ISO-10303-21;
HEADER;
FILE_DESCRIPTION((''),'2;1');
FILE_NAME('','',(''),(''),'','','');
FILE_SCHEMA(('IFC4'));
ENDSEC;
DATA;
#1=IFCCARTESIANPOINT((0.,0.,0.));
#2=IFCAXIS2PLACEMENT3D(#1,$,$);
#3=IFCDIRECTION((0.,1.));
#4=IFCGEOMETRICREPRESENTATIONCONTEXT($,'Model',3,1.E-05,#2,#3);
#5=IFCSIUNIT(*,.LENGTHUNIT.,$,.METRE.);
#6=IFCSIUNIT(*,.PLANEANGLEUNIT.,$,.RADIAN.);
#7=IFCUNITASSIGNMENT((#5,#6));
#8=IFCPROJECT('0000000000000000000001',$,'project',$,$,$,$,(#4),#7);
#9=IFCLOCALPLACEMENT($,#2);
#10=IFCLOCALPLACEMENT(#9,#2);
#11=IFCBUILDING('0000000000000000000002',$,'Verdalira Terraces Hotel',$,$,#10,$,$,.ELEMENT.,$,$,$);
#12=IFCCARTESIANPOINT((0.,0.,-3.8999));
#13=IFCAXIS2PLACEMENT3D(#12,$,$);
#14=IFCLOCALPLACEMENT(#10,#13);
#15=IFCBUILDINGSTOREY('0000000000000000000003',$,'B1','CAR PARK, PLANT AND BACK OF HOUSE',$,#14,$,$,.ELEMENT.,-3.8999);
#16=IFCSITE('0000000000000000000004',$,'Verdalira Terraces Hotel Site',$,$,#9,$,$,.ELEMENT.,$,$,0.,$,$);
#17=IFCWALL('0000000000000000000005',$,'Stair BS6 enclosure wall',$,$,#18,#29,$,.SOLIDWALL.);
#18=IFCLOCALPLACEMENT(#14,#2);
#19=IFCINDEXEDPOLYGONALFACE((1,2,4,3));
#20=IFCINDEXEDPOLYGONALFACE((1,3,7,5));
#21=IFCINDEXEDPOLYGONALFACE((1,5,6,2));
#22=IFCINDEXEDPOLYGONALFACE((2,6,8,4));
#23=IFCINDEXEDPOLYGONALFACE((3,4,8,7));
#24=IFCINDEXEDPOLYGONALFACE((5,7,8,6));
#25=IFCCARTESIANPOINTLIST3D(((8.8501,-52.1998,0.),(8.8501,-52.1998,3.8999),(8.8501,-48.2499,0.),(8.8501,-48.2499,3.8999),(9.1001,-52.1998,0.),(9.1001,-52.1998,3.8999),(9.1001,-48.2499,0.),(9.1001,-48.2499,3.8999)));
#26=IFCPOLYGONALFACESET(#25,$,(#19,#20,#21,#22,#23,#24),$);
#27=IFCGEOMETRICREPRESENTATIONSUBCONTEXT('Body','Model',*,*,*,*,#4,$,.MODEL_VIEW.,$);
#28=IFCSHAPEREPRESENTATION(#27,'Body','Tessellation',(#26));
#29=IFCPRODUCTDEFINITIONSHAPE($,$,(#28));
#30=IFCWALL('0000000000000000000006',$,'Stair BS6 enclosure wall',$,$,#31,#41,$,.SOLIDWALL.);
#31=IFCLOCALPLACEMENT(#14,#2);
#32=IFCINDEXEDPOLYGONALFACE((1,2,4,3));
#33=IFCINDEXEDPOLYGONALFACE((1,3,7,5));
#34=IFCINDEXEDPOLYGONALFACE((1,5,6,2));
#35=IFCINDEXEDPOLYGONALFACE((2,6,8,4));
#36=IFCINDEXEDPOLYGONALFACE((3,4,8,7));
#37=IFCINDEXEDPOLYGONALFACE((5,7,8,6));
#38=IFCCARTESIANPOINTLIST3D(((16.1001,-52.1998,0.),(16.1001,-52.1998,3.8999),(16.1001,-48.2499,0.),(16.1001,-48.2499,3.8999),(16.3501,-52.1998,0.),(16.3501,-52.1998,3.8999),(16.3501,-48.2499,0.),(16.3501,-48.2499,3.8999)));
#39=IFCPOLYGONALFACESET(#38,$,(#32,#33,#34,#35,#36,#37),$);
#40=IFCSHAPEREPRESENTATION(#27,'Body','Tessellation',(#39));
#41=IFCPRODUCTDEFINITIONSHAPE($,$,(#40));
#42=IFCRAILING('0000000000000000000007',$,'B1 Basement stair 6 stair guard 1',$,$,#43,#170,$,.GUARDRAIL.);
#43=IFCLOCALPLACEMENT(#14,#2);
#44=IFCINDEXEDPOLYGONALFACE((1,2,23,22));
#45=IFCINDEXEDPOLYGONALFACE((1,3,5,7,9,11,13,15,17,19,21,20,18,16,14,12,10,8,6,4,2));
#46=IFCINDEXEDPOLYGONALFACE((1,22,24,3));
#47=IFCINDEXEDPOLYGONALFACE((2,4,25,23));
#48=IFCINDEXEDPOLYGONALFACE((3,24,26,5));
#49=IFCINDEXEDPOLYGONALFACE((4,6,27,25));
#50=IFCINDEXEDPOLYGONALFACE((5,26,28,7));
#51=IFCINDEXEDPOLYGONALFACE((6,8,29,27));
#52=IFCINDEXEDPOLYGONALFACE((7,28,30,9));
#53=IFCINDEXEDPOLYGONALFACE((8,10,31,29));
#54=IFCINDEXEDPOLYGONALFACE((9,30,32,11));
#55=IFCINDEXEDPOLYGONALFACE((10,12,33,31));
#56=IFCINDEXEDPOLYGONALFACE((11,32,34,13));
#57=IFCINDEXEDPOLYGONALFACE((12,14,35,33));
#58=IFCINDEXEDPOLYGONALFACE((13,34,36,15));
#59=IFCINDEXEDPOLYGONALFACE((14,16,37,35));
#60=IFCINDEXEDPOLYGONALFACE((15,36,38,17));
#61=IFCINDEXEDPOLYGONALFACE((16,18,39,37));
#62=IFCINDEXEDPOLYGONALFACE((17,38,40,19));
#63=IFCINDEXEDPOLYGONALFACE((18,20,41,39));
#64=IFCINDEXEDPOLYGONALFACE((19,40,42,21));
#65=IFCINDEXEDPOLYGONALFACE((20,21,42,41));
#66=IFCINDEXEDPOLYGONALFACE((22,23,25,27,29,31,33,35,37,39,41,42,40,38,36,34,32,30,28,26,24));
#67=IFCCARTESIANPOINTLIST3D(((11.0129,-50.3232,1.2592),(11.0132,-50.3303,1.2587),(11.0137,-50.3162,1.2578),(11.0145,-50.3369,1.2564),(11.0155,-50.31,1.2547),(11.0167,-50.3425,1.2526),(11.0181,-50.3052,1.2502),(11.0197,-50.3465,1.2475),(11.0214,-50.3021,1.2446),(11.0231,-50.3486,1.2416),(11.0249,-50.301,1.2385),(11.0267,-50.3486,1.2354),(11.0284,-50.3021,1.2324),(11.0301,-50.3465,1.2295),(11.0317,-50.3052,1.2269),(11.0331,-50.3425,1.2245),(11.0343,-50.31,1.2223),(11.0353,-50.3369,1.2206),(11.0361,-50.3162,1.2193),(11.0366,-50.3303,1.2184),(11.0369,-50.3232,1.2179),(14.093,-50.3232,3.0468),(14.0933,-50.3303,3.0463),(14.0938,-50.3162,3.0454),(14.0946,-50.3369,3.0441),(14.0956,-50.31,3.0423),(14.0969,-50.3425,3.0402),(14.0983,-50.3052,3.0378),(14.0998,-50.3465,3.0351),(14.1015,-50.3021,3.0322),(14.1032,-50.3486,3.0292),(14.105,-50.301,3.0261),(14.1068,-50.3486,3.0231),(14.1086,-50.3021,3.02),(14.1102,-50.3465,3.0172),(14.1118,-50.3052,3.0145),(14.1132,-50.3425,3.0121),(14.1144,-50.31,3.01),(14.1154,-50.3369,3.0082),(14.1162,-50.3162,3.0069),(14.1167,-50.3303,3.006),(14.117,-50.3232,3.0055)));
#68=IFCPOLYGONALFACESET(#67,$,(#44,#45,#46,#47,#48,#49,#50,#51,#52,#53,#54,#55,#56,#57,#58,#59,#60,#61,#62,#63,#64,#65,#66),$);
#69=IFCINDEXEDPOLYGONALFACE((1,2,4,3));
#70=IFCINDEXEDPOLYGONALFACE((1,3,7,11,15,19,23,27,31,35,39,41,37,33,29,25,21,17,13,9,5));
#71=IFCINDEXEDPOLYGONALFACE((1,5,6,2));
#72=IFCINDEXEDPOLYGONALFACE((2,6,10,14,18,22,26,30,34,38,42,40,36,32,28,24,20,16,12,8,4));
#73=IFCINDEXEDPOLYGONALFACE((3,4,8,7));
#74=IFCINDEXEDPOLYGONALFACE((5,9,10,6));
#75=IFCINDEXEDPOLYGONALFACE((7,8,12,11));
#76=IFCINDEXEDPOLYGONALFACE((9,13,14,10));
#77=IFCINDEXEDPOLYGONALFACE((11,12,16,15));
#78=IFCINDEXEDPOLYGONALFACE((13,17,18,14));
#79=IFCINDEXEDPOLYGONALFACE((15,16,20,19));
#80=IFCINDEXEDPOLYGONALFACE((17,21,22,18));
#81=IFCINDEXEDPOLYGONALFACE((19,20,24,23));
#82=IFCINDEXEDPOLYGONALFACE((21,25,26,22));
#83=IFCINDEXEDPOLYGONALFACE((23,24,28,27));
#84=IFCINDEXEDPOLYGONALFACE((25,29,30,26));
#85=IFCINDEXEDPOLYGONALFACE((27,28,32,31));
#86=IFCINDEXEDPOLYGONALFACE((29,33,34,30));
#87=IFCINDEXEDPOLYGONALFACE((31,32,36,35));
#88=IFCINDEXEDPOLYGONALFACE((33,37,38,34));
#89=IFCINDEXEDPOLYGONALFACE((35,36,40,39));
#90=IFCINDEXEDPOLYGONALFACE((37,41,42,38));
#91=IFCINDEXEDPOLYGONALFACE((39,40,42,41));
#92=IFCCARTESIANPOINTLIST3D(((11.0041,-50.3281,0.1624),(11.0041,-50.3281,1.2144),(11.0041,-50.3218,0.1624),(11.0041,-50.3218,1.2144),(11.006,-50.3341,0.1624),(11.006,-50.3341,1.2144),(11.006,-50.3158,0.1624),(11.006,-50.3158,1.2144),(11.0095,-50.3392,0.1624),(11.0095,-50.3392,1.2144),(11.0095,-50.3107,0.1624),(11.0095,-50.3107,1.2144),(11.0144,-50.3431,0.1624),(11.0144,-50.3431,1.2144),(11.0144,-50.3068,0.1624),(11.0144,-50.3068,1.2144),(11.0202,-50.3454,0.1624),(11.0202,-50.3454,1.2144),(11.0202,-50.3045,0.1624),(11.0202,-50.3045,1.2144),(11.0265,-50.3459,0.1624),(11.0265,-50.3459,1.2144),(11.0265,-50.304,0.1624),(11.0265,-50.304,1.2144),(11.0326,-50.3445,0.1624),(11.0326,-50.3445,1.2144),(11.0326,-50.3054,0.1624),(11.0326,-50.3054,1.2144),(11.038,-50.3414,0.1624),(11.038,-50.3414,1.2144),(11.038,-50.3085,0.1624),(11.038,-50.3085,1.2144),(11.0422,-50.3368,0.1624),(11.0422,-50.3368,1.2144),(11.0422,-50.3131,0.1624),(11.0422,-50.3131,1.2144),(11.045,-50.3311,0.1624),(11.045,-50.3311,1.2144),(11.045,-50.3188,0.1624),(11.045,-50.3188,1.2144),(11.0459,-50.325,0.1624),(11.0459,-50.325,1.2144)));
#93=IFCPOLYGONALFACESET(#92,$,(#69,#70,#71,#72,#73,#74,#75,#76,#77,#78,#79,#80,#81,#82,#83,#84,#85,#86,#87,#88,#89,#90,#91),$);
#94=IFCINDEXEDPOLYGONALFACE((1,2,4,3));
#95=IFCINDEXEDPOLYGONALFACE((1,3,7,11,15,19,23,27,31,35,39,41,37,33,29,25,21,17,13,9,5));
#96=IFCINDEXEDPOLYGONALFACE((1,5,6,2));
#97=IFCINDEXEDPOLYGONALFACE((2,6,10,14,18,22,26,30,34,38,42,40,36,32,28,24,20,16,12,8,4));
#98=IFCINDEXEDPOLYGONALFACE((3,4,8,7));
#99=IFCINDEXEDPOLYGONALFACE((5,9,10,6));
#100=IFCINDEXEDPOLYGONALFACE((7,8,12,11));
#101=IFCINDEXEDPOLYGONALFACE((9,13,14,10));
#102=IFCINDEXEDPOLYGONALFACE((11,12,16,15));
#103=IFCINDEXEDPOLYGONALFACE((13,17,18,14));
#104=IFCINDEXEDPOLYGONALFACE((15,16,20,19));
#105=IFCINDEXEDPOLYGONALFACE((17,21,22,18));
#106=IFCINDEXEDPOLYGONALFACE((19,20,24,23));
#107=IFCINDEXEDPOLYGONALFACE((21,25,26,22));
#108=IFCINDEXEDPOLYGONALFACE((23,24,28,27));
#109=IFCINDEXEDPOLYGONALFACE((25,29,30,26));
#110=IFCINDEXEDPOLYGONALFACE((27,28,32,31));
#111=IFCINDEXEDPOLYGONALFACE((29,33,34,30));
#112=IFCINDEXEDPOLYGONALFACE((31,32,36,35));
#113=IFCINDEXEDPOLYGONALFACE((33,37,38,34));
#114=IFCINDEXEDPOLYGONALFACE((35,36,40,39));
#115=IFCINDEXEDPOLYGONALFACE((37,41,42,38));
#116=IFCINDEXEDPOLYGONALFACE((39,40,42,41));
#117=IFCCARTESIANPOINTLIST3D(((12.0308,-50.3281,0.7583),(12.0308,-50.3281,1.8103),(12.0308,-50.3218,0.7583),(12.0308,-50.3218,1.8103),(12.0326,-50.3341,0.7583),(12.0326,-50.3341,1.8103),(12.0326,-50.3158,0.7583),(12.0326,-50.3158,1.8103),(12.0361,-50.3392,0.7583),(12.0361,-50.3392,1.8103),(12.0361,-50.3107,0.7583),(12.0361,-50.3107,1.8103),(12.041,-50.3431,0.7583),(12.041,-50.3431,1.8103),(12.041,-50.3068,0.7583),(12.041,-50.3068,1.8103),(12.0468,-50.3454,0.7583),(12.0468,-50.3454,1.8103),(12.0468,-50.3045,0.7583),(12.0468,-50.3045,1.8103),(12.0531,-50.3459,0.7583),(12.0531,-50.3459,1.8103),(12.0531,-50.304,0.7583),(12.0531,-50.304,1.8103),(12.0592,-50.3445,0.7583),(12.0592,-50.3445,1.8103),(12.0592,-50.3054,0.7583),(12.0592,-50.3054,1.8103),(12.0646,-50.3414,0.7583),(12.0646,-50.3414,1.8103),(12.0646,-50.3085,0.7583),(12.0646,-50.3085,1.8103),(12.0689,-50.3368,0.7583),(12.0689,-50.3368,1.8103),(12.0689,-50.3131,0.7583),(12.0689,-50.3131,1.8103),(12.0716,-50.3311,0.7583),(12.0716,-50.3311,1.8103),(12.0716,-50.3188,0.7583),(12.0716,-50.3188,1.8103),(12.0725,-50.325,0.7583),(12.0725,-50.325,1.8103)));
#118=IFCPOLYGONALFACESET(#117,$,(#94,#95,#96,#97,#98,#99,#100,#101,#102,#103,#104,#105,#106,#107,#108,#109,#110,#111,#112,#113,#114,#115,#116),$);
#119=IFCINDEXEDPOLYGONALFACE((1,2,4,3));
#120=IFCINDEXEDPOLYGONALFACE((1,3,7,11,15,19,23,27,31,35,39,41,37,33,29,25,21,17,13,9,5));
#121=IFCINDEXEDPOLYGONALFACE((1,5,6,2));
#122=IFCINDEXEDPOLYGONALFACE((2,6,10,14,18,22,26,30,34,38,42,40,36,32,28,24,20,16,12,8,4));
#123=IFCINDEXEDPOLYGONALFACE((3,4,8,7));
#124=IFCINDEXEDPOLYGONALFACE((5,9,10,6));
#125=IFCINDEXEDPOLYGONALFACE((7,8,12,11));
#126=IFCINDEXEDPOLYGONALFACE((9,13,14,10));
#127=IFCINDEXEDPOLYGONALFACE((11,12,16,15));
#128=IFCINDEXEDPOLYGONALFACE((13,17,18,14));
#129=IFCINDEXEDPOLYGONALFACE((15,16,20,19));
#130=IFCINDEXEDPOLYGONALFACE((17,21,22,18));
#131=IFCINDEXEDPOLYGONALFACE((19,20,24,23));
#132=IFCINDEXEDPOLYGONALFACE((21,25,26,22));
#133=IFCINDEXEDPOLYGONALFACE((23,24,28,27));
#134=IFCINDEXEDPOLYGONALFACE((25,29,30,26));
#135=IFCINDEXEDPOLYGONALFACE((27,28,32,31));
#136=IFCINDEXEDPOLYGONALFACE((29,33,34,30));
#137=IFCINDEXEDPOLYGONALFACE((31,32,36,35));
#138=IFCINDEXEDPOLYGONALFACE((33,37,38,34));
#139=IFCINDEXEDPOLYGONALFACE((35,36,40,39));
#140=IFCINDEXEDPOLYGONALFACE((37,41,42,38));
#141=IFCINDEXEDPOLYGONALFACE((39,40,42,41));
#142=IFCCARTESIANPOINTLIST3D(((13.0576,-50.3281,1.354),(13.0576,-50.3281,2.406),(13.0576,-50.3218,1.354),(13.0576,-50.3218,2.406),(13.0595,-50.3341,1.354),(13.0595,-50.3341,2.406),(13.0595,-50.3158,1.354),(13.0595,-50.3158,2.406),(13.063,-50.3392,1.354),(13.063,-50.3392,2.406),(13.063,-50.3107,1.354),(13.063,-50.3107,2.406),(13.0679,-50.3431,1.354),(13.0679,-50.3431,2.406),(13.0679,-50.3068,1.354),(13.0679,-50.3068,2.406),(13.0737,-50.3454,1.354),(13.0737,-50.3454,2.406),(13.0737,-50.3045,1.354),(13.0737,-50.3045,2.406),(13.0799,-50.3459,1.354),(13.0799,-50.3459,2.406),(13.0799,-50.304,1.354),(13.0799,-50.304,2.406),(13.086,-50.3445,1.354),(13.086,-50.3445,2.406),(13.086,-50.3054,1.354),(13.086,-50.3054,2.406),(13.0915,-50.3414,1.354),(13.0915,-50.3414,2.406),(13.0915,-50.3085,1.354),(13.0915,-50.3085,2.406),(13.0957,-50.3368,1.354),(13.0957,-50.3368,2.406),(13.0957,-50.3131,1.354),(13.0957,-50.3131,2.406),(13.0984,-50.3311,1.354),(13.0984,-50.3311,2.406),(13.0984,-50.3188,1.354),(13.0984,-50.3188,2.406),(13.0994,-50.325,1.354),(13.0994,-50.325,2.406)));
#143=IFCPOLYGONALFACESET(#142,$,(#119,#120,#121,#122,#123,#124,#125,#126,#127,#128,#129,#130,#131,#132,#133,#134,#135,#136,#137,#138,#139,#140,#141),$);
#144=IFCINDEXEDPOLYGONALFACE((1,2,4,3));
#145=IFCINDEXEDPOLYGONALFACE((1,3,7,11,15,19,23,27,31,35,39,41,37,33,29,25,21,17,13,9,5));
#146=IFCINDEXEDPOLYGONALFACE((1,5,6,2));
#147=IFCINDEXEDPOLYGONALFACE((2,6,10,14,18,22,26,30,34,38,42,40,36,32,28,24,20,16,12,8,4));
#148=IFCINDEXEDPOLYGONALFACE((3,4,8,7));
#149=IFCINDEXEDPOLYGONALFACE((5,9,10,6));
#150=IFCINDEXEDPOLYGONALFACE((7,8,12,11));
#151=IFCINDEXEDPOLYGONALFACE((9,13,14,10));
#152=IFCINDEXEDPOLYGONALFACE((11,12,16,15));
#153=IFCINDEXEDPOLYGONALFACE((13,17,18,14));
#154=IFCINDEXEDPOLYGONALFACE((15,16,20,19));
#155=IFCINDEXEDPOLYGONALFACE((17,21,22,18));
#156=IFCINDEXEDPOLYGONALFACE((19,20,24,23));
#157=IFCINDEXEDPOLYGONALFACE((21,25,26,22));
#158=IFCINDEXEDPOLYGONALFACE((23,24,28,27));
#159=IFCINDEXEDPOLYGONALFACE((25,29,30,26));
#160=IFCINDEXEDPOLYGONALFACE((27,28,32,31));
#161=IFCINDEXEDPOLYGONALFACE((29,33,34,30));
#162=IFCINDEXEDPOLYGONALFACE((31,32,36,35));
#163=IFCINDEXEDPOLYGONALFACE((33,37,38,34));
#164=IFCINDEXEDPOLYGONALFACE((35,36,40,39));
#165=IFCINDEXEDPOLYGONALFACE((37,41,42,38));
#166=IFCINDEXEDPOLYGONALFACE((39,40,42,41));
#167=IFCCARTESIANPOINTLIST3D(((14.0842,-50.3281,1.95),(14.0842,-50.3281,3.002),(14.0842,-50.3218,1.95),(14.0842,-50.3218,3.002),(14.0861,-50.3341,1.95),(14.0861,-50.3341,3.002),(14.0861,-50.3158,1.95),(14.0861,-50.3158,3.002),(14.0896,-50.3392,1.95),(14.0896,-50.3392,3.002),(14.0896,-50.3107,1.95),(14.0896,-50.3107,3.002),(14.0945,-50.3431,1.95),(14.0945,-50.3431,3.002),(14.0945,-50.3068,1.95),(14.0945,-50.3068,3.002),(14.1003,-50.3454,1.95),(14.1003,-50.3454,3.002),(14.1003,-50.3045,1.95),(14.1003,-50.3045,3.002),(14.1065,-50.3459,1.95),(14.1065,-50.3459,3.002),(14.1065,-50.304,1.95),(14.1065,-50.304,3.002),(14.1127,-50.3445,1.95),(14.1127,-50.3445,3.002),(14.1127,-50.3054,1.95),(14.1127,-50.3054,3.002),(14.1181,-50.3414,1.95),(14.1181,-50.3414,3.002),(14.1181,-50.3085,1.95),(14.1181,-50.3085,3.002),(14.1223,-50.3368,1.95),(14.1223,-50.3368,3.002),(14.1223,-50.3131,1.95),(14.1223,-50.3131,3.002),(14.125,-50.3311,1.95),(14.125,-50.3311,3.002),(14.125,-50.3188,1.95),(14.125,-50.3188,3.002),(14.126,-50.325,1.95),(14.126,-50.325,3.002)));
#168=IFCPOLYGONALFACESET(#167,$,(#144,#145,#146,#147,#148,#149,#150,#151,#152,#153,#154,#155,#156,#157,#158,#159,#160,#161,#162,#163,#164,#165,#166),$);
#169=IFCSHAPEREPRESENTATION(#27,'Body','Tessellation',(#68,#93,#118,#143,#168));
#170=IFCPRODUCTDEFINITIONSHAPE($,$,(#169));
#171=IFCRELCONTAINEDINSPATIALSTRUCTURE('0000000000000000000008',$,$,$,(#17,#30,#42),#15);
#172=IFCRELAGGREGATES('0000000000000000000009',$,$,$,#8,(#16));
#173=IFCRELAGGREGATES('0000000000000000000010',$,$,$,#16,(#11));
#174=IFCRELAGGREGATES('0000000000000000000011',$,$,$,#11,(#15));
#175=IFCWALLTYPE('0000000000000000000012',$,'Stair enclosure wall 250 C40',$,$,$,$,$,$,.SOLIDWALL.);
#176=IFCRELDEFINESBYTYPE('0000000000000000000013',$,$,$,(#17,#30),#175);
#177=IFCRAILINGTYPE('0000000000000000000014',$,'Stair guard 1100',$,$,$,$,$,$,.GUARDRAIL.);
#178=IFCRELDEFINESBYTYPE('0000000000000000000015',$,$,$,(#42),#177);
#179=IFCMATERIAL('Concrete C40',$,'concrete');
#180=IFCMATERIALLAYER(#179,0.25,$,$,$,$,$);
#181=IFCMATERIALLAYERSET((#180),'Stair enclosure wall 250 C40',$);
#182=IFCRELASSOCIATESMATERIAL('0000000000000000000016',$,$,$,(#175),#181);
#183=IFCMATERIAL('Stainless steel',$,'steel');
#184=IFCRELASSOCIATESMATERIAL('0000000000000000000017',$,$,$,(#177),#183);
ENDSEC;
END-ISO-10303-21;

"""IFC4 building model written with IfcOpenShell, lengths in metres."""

from ifc_helpers import new_model, si_unit, direction, frame, frame_2d, origin, origin_2d, place, context, subcontext, project, spatial, rectangle, circle, extrude, material, layer, layer_set, type_object, element, save


model = new_model("IFC4")

# Units and contexts
model_context = context("Model", 3, precision=1e-05, world=origin(), true_north=direction((0.0, 1.0)))
body_context = subcontext(model_context, "Body", "Model", "MODEL_VIEW")
ifc_project = project(units=[si_unit("LENGTHUNIT", "METRE"), si_unit("PLANEANGLEUNIT", "RADIAN")], contexts=[model_context])

# Site, building, storey
site_placement = place(None, origin())
site = spatial("IfcSite", under=ifc_project, at=site_placement, Name="Verdalira Terraces Hotel Site", CompositionType="ELEMENT", RefElevation=0.0)
building_placement = place(site_placement, origin())
building = spatial("IfcBuilding", under=site, at=building_placement, Name="Verdalira Terraces Hotel", CompositionType="ELEMENT")
storey_placement = place(building_placement, frame((0.0, 0.0, -3.8999)))
storey = spatial("IfcBuildingStorey", under=building, at=storey_placement, Name="B1", Description="CAR PARK, PLANT AND BACK OF HOUSE", CompositionType="ELEMENT", Elevation=-3.8999)

# Shared definitions
ifc_material_1 = material(Name="Concrete C40", Category="concrete")
ifc_layer_1 = layer(ifc_material_1, 0.25)
ifc_layer_set_1 = layer_set([ifc_layer_1], Name="Stair enclosure wall 250 C40")
wall_type_1 = type_object("IfcWallType", Name="Stair enclosure wall 250 C40", PredefinedType="SOLIDWALL", material=ifc_layer_set_1)

# Walls
for number, where, z_axis, x_axis, name in (
    (1, (8.9751, -52.2, 0.0), (0.0, 0.0, 1.0), (0.0, 1.0, 0.0), "Stair BS6 enclosure wall"),
    (2, (16.2251, -52.2, 0.0), (0.0, 0.0, 1.0), (0.0, 1.0, 0.0), "Stair BS6 enclosure wall"),
):
    element("IfcWall", number, at=place(storey_placement, frame(where, z_axis=z_axis, x_axis=x_axis)), inside=storey, type_object=wall_type_1, Name=name, PredefinedType="SOLIDWALL", context=body_context, shape_type="SweptSolid", body=[
        extrude(rectangle(XDim=3.95, YDim=0.25, at=frame_2d((1.9751, 0.0))), origin(), (0.0, 0.0, 1.0), 3.8999),
    ])

# Railing
ifc_material_2 = material(Name="Stainless steel", Category="steel")
railing_type_1 = type_object("IfcRailingType", Name="Stair guard 1100", PredefinedType="GUARDRAIL", material=ifc_material_2)
railing_1_placement = place(storey_placement, frame((11.0249, -50.325, 0.1624)))
element("IfcRailing", 3, at=railing_1_placement, inside=storey, type_object=railing_type_1, Name="B1 Basement stair 6 stair guard 1", PredefinedType="GUARDRAIL", context=body_context, shape_type="SweptSolid", body=[
    extrude(circle(Radius=0.0239, at=origin_2d()), frame((0.0, 0.0, 1.0762), z_axis=(0.864891, 0.0, 0.50196), x_axis=(0.0, 1.0, 0.0)), (0.0, 0.0, 1.0), 3.5613),
    extrude(circle(Radius=0.021, at=origin_2d()), origin(), (0.0, 0.0, 1.0), 1.052),
    extrude(circle(Radius=0.021, at=origin_2d()), frame((1.0266, 0.0, 0.5959)), (0.0, 0.0, 1.0), 1.052),
    extrude(circle(Radius=0.021, at=origin_2d()), frame((2.0535, 0.0, 1.1917)), (0.0, 0.0, 1.0), 1.052),
    extrude(circle(Radius=0.021, at=origin_2d()), frame((3.0801, 0.0, 1.7876)), (0.0, 0.0, 1.0), 1.052),
])

save(model, "model.ifc")
